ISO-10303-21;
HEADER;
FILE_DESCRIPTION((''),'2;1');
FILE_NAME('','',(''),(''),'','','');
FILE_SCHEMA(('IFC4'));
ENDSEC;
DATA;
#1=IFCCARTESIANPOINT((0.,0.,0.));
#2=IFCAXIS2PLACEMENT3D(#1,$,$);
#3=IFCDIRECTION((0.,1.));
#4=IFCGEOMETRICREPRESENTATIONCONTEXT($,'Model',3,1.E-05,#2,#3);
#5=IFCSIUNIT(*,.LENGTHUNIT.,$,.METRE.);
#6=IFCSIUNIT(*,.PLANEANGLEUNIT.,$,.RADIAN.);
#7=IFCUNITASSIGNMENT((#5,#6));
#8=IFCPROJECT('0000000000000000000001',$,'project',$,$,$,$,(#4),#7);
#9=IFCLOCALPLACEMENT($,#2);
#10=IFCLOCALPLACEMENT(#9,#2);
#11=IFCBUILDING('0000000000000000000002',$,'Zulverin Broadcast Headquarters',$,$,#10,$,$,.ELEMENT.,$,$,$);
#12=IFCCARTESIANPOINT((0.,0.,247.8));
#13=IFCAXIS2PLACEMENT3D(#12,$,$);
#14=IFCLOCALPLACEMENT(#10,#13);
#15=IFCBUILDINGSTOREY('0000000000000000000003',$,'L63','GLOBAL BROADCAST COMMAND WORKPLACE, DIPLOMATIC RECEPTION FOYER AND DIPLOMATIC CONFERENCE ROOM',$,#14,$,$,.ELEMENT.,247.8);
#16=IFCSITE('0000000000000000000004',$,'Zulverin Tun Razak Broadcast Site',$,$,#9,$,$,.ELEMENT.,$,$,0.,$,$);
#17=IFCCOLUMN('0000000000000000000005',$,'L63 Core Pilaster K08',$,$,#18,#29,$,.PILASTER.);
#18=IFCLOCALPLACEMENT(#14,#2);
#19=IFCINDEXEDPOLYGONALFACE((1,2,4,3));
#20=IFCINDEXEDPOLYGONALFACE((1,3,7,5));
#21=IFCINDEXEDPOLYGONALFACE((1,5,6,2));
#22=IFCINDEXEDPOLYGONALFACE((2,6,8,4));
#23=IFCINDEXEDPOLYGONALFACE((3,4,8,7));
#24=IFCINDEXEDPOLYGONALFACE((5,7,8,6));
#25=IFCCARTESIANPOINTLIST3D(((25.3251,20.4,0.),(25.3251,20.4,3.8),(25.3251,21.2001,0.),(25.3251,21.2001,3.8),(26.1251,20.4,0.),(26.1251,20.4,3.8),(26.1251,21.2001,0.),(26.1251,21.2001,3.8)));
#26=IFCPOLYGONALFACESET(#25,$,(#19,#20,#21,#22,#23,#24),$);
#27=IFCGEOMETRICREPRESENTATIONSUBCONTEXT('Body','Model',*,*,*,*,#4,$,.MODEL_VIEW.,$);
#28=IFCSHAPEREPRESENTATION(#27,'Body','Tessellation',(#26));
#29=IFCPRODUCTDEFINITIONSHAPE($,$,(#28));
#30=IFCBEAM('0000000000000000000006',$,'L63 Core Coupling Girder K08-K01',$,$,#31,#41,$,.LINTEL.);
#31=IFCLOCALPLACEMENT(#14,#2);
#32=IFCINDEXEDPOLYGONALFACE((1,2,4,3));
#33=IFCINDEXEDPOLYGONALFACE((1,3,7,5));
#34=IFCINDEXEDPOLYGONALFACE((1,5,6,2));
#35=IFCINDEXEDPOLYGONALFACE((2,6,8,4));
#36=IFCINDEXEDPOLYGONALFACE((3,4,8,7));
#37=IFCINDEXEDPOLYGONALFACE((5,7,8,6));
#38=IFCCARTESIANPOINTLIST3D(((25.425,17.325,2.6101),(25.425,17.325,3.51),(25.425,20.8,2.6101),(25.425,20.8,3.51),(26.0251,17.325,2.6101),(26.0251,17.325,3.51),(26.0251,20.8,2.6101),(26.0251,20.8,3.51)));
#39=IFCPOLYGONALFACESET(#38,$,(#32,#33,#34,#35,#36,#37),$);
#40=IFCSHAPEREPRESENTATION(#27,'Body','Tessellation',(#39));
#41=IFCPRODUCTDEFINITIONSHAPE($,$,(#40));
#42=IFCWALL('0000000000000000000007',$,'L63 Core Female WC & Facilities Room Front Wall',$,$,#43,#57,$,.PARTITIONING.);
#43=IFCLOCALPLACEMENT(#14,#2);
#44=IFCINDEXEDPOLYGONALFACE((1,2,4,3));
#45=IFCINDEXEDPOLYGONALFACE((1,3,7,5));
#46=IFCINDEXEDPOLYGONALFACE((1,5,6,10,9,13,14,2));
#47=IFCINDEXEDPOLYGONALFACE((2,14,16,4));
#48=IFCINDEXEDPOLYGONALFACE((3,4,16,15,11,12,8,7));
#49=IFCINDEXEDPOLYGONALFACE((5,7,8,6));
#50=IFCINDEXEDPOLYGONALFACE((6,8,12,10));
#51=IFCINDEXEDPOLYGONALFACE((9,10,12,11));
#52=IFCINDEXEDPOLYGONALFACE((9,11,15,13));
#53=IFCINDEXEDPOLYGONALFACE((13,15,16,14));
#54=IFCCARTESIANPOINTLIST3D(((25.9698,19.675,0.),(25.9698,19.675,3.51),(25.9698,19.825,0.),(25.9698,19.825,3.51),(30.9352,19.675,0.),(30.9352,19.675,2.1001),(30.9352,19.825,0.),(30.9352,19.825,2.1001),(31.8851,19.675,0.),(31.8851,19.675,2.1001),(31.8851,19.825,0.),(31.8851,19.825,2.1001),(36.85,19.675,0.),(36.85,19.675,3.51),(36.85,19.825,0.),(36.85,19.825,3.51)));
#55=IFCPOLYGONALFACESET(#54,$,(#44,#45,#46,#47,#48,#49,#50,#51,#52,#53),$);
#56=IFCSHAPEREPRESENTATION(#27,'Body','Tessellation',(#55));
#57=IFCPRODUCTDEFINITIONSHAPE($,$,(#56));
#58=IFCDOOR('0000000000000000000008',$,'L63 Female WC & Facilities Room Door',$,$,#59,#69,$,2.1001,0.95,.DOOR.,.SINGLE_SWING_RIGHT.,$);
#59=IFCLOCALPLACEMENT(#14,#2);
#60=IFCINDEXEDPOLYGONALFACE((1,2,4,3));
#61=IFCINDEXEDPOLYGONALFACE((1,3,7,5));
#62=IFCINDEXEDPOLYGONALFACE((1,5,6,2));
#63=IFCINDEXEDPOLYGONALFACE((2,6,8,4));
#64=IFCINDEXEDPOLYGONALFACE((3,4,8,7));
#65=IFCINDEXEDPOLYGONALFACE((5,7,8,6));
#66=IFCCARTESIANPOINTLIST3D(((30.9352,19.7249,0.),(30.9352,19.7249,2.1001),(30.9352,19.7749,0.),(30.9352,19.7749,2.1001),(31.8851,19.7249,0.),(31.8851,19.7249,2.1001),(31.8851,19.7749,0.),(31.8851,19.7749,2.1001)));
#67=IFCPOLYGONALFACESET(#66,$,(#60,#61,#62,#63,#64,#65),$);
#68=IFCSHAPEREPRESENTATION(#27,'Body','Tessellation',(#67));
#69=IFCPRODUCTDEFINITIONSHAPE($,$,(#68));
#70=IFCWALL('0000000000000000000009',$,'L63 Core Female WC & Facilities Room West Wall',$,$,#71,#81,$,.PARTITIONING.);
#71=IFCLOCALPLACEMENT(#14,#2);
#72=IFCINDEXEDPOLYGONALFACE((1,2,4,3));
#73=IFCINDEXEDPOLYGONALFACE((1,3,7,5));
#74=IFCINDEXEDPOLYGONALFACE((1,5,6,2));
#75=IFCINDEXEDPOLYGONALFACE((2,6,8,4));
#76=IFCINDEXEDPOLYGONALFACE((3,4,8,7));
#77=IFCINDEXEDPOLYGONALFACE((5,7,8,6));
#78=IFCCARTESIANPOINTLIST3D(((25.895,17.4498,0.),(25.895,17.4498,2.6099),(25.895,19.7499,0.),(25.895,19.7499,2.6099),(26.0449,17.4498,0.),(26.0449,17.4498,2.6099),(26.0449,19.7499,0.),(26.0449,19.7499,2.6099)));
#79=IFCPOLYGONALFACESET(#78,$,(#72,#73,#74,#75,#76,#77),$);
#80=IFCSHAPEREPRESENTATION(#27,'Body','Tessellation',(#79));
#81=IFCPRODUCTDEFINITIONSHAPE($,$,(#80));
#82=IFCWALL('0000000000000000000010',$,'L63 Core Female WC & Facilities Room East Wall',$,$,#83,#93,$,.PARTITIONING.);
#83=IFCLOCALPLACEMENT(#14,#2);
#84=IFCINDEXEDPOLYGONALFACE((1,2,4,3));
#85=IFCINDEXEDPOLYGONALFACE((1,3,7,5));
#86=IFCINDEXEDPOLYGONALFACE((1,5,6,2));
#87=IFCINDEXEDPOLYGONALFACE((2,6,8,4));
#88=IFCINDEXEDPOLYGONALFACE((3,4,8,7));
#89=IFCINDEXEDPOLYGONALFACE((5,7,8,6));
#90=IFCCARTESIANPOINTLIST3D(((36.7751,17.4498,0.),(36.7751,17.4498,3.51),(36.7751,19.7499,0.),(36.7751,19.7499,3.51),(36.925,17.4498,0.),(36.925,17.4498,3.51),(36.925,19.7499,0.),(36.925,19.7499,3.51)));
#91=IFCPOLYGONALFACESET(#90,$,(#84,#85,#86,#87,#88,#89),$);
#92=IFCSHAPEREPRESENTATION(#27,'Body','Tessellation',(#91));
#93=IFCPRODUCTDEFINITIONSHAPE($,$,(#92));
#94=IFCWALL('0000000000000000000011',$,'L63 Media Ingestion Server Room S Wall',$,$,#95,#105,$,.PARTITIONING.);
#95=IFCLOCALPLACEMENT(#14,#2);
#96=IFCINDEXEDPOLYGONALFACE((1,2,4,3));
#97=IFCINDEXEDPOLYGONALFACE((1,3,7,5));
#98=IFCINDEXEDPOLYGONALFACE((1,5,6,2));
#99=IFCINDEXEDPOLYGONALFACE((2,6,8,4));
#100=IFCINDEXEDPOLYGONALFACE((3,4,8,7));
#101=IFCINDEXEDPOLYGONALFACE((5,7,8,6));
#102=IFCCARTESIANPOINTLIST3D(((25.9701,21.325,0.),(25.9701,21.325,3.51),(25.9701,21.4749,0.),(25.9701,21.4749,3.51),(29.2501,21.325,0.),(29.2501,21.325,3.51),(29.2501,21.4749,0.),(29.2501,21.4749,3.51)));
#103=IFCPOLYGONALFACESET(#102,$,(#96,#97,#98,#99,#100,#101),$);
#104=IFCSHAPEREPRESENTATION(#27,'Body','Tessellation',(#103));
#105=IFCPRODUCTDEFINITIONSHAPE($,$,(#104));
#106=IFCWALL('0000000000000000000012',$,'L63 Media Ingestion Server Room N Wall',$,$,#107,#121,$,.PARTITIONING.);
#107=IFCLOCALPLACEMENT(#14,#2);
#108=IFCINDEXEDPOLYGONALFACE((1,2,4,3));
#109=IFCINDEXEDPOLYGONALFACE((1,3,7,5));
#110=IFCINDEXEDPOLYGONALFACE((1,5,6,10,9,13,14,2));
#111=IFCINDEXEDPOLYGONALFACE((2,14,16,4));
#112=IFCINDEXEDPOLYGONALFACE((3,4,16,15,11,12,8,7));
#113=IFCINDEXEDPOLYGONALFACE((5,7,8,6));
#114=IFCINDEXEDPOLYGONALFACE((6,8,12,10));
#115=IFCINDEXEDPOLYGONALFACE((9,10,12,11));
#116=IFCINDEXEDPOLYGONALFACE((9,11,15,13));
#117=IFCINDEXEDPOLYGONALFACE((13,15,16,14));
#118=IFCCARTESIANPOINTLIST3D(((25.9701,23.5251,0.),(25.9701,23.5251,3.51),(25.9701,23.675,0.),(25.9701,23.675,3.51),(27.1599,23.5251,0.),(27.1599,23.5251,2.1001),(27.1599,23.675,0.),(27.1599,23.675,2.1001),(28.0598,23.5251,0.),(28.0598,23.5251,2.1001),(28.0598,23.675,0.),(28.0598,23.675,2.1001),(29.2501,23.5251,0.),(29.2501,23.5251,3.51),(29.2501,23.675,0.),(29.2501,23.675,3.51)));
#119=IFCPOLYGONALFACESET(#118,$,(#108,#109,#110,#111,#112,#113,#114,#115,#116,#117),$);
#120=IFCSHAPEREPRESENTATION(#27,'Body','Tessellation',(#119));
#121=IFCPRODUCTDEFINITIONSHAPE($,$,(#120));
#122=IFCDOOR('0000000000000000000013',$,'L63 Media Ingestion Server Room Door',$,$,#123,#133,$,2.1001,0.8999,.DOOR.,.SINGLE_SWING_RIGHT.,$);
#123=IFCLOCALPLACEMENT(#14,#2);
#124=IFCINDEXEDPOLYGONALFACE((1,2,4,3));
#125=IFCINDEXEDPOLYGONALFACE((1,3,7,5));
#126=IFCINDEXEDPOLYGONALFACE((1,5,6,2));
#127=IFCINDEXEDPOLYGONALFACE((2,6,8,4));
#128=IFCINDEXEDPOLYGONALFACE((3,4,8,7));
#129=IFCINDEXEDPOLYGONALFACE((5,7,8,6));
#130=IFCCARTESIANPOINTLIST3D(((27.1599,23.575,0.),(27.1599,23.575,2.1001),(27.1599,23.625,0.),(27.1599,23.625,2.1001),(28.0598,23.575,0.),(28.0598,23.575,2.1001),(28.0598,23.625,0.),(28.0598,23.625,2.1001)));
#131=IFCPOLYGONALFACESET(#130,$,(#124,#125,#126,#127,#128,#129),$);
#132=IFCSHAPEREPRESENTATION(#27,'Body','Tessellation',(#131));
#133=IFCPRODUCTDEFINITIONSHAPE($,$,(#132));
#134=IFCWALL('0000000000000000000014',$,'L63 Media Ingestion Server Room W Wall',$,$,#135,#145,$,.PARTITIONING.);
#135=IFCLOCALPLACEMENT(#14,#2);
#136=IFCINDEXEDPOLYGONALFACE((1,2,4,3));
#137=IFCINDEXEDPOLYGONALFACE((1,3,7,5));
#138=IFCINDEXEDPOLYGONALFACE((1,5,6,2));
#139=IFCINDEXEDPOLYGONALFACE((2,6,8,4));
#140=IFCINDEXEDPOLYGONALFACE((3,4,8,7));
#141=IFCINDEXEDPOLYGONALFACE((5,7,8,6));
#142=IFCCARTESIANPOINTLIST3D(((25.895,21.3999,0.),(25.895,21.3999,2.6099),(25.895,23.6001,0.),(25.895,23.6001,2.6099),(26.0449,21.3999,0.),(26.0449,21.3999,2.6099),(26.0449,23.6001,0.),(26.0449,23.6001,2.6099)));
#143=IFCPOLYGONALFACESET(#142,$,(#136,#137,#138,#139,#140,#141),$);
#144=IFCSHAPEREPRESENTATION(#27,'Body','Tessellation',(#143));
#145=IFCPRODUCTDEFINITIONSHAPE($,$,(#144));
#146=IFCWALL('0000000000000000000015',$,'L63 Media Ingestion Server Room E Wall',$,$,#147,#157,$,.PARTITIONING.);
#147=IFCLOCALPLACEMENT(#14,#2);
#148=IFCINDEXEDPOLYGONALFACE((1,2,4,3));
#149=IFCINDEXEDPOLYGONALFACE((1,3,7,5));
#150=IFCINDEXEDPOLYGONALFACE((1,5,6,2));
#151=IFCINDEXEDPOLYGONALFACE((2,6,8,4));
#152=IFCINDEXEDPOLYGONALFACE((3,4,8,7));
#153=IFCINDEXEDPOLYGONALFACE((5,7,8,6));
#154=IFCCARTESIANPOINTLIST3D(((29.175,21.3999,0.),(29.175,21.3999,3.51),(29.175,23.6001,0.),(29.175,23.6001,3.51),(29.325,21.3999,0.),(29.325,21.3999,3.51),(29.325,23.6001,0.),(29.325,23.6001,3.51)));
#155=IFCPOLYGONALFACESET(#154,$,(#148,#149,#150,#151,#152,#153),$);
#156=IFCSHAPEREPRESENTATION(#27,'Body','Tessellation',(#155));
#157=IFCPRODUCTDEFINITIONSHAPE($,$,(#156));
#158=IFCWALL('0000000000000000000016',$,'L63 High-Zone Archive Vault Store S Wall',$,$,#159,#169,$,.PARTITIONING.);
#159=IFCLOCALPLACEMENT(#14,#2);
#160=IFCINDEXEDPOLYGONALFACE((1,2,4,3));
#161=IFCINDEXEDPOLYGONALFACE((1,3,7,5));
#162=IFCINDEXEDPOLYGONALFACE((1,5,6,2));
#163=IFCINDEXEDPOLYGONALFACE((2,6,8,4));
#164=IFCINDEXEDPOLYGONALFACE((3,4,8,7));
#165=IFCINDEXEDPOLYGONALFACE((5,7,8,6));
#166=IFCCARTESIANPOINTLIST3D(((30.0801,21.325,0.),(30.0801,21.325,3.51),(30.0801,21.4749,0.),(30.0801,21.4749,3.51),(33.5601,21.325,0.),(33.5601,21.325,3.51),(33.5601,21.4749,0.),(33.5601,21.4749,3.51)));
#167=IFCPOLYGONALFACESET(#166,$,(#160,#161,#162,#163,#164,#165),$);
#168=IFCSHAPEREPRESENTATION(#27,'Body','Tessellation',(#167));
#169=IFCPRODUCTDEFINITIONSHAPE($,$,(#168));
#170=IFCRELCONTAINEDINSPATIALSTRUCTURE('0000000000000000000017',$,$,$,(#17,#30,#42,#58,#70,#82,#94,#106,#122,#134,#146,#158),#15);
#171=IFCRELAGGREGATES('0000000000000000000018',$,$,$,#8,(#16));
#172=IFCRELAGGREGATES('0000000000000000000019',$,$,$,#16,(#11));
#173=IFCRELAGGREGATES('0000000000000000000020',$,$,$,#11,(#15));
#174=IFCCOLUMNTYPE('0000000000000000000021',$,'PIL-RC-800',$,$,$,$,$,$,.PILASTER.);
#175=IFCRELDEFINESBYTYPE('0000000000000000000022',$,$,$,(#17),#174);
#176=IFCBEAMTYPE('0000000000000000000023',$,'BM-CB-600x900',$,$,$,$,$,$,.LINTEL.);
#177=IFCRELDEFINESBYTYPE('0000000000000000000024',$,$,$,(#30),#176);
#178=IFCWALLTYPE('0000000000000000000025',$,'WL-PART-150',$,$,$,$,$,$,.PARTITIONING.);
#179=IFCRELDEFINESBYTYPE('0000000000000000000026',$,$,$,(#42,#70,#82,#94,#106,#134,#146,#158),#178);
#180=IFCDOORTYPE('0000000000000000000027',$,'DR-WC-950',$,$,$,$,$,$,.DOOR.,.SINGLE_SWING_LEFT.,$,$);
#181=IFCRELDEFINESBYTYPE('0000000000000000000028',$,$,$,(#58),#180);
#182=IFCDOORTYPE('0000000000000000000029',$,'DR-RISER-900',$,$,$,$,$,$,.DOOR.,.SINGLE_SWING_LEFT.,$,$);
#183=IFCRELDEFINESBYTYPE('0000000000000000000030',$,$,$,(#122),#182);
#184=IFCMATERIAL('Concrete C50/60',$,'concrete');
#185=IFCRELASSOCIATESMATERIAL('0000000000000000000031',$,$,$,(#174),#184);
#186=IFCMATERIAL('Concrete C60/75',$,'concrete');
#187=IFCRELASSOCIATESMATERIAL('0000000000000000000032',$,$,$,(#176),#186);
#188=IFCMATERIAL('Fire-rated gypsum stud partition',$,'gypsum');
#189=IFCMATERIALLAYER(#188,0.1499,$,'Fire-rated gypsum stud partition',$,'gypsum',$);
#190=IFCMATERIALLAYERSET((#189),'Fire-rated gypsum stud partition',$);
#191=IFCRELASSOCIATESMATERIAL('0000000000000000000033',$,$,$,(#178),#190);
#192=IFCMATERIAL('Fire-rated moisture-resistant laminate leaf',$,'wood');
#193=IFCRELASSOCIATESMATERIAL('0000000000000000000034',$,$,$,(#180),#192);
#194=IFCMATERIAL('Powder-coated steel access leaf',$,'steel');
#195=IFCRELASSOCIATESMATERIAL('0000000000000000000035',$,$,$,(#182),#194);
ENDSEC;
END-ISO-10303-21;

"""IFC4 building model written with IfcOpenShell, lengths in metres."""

from ifc_helpers import new_model, si_unit, direction, frame, frame_2d, origin, origin_2d, place, context, subcontext, project, spatial, rectangle, extrude, material, layer, layer_set, material_profile, profile_set, type_object, element, fill, save


model = new_model("IFC4")

# Units and contexts
model_context = context("Model", 3, precision=1e-05, world=origin(), true_north=direction((0.0, 1.0)))
body_context = subcontext(model_context, "Body", "Model", "MODEL_VIEW")
ifc_project = project(units=[si_unit("LENGTHUNIT", "METRE"), si_unit("PLANEANGLEUNIT", "RADIAN")], contexts=[model_context])

# Site, building, storey
site_placement = place(None, origin())
site = spatial("IfcSite", under=ifc_project, at=site_placement, Name="Zulverin Tun Razak Broadcast Site", CompositionType="ELEMENT", RefElevation=0.0)
building_placement = place(site_placement, origin())
building = spatial("IfcBuilding", under=site, at=building_placement, Name="Zulverin Broadcast Headquarters", CompositionType="ELEMENT")
storey_placement = place(building_placement, frame((0.0, 0.0, 247.8)))
storey = spatial("IfcBuildingStorey", under=building, at=storey_placement, Name="L63", Description="GLOBAL BROADCAST COMMAND WORKPLACE, DIPLOMATIC RECEPTION FOYER AND DIPLOMATIC CONFERENCE ROOM", CompositionType="ELEMENT", Elevation=247.8)

# Column
ifc_material_1 = material(Name="Concrete C50/60", Category="concrete")
ifc_material_profile_1 = material_profile(ifc_material_1, rectangle(XDim=0.8, YDim=0.8, at=origin_2d()), Name="Concrete C50/60", Category="concrete")
ifc_profile_set_1 = profile_set([ifc_material_profile_1], Name="Concrete C50/60")
column_type = type_object("IfcColumnType", Name="PIL-RC-800", PredefinedType="PILASTER", material=ifc_profile_set_1)
column_placement = place(storey_placement, frame((25.7251, 20.8, 0.0), z_axis=(0.0, 0.0, 1.0), x_axis=(1.0, 0.0, 0.0)))
element("IfcColumn", 1, at=column_placement, inside=storey, type_object=column_type, Name="L63 Core Pilaster K08", PredefinedType="PILASTER", context=body_context, shape_type="SweptSolid", body=[
    extrude(rectangle(XDim=0.8, YDim=0.8, at=origin_2d()), origin(), (0.0, 0.0, 1.0), 3.8),
])

# Beam
ifc_material_2 = material(Name="Concrete C60/75", Category="concrete")
ifc_material_profile_2 = material_profile(ifc_material_2, rectangle(XDim=0.6001, YDim=0.8999, at=origin_2d()), Name="Concrete C60/75", Category="concrete")
ifc_profile_set_2 = profile_set([ifc_material_profile_2], Name="Concrete C60/75")
beam_type = type_object("IfcBeamType", Name="BM-CB-600x900", PredefinedType="LINTEL", material=ifc_profile_set_2)
beam_placement = place(storey_placement, frame((25.7251, 20.8, 3.0601), z_axis=(0.0, -1.0, 0.0), x_axis=(1.0, 0.0, 0.0)))
element("IfcBeam", 2, at=beam_placement, inside=storey, type_object=beam_type, Name="L63 Core Coupling Girder K08-K01", PredefinedType="LINTEL", context=body_context, shape_type="SweptSolid", body=[
    extrude(rectangle(XDim=0.6001, YDim=0.8999, at=origin_2d()), origin(), (0.0, 0.0, 1.0), 3.4751),
])

# Wall, opening, door
ifc_material_3 = material(Name="Fire-rated gypsum stud partition", Category="gypsum")
ifc_layer = layer(ifc_material_3, 0.1499, Name="Fire-rated gypsum stud partition", Category="gypsum")
ifc_layer_set = layer_set([ifc_layer], Name="Fire-rated gypsum stud partition")
wall_type = type_object("IfcWallType", Name="WL-PART-150", PredefinedType="PARTITIONING", material=ifc_layer_set)
wall_1_placement = place(storey_placement, frame((25.97, 19.75, 0.0), z_axis=(0.0, 0.0, 1.0), x_axis=(1.0, 0.0, 0.0)))
wall_1 = element("IfcWall", 3, at=wall_1_placement, inside=storey, type_object=wall_type, Name="L63 Core Female WC & Facilities Room Front Wall", PredefinedType="PARTITIONING", context=body_context, shape_type="SweptSolid", body=[
    extrude(rectangle(XDim=10.8801, YDim=0.1499, at=frame_2d((5.4399, 0.0))), origin(), (0.0, 0.0, 1.0), 3.51),
])
opening_1_placement = place(wall_1_placement, frame((4.9651, 0.0, 0.0)))
opening_1 = element("IfcOpeningElement", 4, at=opening_1_placement, cuts=wall_1, PredefinedType="OPENING", context=body_context, shape_type="SweptSolid", body=[
    extrude(rectangle(XDim=0.95, YDim=2.1001, at=frame_2d((0.4751, 1.05))), frame((0.0, 0.085, 0.0), z_axis=(0.0, -1.0, 0.0), x_axis=(1.0, 0.0, 0.0)), (0.0, 0.0, 1.0), 0.1699),
])
ifc_material_4 = material(Name="Fire-rated moisture-resistant laminate leaf", Category="wood")
door_type_1 = type_object("IfcDoorType", Name="DR-WC-950", OperationType="SINGLE_SWING_LEFT", PredefinedType="DOOR", material=ifc_material_4)
door_1_placement = place(opening_1_placement, origin())
door_1 = element("IfcDoor", 5, at=door_1_placement, inside=storey, type_object=door_type_1, Name="L63 Female WC & Facilities Room Door", OperationType="SINGLE_SWING_RIGHT", OverallHeight=2.1001, OverallWidth=0.95, PredefinedType="DOOR", context=body_context, shape_type="SweptSolid", body=[
    extrude(rectangle(XDim=0.95, YDim=2.1001, at=frame_2d((0.4751, 1.05))), frame((0.0, 0.0249, 0.0), z_axis=(0.0, -1.0, 0.0), x_axis=(1.0, 0.0, 0.0)), (0.0, 0.0, 1.0), 0.05),
])
fill(opening_1, door_1)

# Walls
wall_2_placement = place(storey_placement, frame((25.97, 17.45, 0.0), z_axis=(0.0, 0.0, 1.0), x_axis=(0.0, 1.0, 0.0)))
element("IfcWall", 6, at=wall_2_placement, inside=storey, type_object=wall_type, Name="L63 Core Female WC & Facilities Room West Wall", PredefinedType="PARTITIONING", context=body_context, shape_type="SweptSolid", body=[
    extrude(rectangle(XDim=2.3, YDim=0.1499, at=frame_2d((1.1499, 0.0))), origin(), (0.0, 0.0, 1.0), 2.6099),
])
wall_3_placement = place(storey_placement, frame((36.8501, 17.45, 0.0), z_axis=(0.0, 0.0, 1.0), x_axis=(0.0, 1.0, 0.0)))
element("IfcWall", 7, at=wall_3_placement, inside=storey, type_object=wall_type, Name="L63 Core Female WC & Facilities Room East Wall", PredefinedType="PARTITIONING", context=body_context, shape_type="SweptSolid", body=[
    extrude(rectangle(XDim=2.3, YDim=0.1499, at=frame_2d((1.1499, 0.0))), origin(), (0.0, 0.0, 1.0), 3.51),
])
wall_4_placement = place(storey_placement, frame((25.97, 21.3999, 0.0), z_axis=(0.0, 0.0, 1.0), x_axis=(1.0, 0.0, 0.0)))
element("IfcWall", 8, at=wall_4_placement, inside=storey, type_object=wall_type, Name="L63 Media Ingestion Server Room S Wall", PredefinedType="PARTITIONING", context=body_context, shape_type="SweptSolid", body=[
    extrude(rectangle(XDim=3.28, YDim=0.1499, at=frame_2d((1.6401, 0.0))), origin(), (0.0, 0.0, 1.0), 3.51),
])

# Wall, opening, door
wall_5_placement = place(storey_placement, frame((25.97, 23.6001, 0.0), z_axis=(0.0, 0.0, 1.0), x_axis=(1.0, 0.0, 0.0)))
wall_5 = element("IfcWall", 9, at=wall_5_placement, inside=storey, type_object=wall_type, Name="L63 Media Ingestion Server Room N Wall", PredefinedType="PARTITIONING", context=body_context, shape_type="SweptSolid", body=[
    extrude(rectangle(XDim=3.28, YDim=0.1499, at=frame_2d((1.6401, 0.0))), origin(), (0.0, 0.0, 1.0), 3.51),
])
opening_2_placement = place(wall_5_placement, frame((1.1899, 0.0, 0.0)))
opening_2 = element("IfcOpeningElement", 10, at=opening_2_placement, cuts=wall_5, PredefinedType="OPENING", context=body_context, shape_type="SweptSolid", body=[
    extrude(rectangle(XDim=0.8999, YDim=2.1001, at=frame_2d((0.45, 1.05))), frame((0.0, 0.085, 0.0), z_axis=(0.0, -1.0, 0.0), x_axis=(1.0, 0.0, 0.0)), (0.0, 0.0, 1.0), 0.1699),
])
ifc_material_5 = material(Name="Powder-coated steel access leaf", Category="steel")
door_type_2 = type_object("IfcDoorType", Name="DR-RISER-900", OperationType="SINGLE_SWING_LEFT", PredefinedType="DOOR", material=ifc_material_5)
door_2_placement = place(opening_2_placement, origin())
door_2 = element("IfcDoor", 11, at=door_2_placement, inside=storey, type_object=door_type_2, Name="L63 Media Ingestion Server Room Door", OperationType="SINGLE_SWING_RIGHT", OverallHeight=2.1001, OverallWidth=0.8999, PredefinedType="DOOR", context=body_context, shape_type="SweptSolid", body=[
    extrude(rectangle(XDim=0.8999, YDim=2.1001, at=frame_2d((0.45, 1.05))), frame((0.0, 0.0249, 0.0), z_axis=(0.0, -1.0, 0.0), x_axis=(1.0, 0.0, 0.0)), (0.0, 0.0, 1.0), 0.05),
])
fill(opening_2, door_2)

# Walls
wall_6_placement = place(storey_placement, frame((25.97, 21.3999, 0.0), z_axis=(0.0, 0.0, 1.0), x_axis=(0.0, 1.0, 0.0)))
element("IfcWall", 12, at=wall_6_placement, inside=storey, type_object=wall_type, Name="L63 Media Ingestion Server Room W Wall", PredefinedType="PARTITIONING", context=body_context, shape_type="SweptSolid", body=[
    extrude(rectangle(XDim=2.2002, YDim=0.1499, at=frame_2d((1.1001, 0.0))), origin(), (0.0, 0.0, 1.0), 2.6099),
])
wall_7_placement = place(storey_placement, frame((29.25, 21.3999, 0.0), z_axis=(0.0, 0.0, 1.0), x_axis=(0.0, 1.0, 0.0)))
element("IfcWall", 13, at=wall_7_placement, inside=storey, type_object=wall_type, Name="L63 Media Ingestion Server Room E Wall", PredefinedType="PARTITIONING", context=body_context, shape_type="SweptSolid", body=[
    extrude(rectangle(XDim=2.2002, YDim=0.1499, at=frame_2d((1.1001, 0.0))), origin(), (0.0, 0.0, 1.0), 3.51),
])
wall_8_placement = place(storey_placement, frame((30.0801, 21.3999, 0.0), z_axis=(0.0, 0.0, 1.0), x_axis=(1.0, 0.0, 0.0)))
element("IfcWall", 14, at=wall_8_placement, inside=storey, type_object=wall_type, Name="L63 High-Zone Archive Vault Store S Wall", PredefinedType="PARTITIONING", context=body_context, shape_type="SweptSolid", body=[
    extrude(rectangle(XDim=3.48, YDim=0.1499, at=frame_2d((1.74, 0.0))), origin(), (0.0, 0.0, 1.0), 3.51),
])

save(model, "model.ifc")
